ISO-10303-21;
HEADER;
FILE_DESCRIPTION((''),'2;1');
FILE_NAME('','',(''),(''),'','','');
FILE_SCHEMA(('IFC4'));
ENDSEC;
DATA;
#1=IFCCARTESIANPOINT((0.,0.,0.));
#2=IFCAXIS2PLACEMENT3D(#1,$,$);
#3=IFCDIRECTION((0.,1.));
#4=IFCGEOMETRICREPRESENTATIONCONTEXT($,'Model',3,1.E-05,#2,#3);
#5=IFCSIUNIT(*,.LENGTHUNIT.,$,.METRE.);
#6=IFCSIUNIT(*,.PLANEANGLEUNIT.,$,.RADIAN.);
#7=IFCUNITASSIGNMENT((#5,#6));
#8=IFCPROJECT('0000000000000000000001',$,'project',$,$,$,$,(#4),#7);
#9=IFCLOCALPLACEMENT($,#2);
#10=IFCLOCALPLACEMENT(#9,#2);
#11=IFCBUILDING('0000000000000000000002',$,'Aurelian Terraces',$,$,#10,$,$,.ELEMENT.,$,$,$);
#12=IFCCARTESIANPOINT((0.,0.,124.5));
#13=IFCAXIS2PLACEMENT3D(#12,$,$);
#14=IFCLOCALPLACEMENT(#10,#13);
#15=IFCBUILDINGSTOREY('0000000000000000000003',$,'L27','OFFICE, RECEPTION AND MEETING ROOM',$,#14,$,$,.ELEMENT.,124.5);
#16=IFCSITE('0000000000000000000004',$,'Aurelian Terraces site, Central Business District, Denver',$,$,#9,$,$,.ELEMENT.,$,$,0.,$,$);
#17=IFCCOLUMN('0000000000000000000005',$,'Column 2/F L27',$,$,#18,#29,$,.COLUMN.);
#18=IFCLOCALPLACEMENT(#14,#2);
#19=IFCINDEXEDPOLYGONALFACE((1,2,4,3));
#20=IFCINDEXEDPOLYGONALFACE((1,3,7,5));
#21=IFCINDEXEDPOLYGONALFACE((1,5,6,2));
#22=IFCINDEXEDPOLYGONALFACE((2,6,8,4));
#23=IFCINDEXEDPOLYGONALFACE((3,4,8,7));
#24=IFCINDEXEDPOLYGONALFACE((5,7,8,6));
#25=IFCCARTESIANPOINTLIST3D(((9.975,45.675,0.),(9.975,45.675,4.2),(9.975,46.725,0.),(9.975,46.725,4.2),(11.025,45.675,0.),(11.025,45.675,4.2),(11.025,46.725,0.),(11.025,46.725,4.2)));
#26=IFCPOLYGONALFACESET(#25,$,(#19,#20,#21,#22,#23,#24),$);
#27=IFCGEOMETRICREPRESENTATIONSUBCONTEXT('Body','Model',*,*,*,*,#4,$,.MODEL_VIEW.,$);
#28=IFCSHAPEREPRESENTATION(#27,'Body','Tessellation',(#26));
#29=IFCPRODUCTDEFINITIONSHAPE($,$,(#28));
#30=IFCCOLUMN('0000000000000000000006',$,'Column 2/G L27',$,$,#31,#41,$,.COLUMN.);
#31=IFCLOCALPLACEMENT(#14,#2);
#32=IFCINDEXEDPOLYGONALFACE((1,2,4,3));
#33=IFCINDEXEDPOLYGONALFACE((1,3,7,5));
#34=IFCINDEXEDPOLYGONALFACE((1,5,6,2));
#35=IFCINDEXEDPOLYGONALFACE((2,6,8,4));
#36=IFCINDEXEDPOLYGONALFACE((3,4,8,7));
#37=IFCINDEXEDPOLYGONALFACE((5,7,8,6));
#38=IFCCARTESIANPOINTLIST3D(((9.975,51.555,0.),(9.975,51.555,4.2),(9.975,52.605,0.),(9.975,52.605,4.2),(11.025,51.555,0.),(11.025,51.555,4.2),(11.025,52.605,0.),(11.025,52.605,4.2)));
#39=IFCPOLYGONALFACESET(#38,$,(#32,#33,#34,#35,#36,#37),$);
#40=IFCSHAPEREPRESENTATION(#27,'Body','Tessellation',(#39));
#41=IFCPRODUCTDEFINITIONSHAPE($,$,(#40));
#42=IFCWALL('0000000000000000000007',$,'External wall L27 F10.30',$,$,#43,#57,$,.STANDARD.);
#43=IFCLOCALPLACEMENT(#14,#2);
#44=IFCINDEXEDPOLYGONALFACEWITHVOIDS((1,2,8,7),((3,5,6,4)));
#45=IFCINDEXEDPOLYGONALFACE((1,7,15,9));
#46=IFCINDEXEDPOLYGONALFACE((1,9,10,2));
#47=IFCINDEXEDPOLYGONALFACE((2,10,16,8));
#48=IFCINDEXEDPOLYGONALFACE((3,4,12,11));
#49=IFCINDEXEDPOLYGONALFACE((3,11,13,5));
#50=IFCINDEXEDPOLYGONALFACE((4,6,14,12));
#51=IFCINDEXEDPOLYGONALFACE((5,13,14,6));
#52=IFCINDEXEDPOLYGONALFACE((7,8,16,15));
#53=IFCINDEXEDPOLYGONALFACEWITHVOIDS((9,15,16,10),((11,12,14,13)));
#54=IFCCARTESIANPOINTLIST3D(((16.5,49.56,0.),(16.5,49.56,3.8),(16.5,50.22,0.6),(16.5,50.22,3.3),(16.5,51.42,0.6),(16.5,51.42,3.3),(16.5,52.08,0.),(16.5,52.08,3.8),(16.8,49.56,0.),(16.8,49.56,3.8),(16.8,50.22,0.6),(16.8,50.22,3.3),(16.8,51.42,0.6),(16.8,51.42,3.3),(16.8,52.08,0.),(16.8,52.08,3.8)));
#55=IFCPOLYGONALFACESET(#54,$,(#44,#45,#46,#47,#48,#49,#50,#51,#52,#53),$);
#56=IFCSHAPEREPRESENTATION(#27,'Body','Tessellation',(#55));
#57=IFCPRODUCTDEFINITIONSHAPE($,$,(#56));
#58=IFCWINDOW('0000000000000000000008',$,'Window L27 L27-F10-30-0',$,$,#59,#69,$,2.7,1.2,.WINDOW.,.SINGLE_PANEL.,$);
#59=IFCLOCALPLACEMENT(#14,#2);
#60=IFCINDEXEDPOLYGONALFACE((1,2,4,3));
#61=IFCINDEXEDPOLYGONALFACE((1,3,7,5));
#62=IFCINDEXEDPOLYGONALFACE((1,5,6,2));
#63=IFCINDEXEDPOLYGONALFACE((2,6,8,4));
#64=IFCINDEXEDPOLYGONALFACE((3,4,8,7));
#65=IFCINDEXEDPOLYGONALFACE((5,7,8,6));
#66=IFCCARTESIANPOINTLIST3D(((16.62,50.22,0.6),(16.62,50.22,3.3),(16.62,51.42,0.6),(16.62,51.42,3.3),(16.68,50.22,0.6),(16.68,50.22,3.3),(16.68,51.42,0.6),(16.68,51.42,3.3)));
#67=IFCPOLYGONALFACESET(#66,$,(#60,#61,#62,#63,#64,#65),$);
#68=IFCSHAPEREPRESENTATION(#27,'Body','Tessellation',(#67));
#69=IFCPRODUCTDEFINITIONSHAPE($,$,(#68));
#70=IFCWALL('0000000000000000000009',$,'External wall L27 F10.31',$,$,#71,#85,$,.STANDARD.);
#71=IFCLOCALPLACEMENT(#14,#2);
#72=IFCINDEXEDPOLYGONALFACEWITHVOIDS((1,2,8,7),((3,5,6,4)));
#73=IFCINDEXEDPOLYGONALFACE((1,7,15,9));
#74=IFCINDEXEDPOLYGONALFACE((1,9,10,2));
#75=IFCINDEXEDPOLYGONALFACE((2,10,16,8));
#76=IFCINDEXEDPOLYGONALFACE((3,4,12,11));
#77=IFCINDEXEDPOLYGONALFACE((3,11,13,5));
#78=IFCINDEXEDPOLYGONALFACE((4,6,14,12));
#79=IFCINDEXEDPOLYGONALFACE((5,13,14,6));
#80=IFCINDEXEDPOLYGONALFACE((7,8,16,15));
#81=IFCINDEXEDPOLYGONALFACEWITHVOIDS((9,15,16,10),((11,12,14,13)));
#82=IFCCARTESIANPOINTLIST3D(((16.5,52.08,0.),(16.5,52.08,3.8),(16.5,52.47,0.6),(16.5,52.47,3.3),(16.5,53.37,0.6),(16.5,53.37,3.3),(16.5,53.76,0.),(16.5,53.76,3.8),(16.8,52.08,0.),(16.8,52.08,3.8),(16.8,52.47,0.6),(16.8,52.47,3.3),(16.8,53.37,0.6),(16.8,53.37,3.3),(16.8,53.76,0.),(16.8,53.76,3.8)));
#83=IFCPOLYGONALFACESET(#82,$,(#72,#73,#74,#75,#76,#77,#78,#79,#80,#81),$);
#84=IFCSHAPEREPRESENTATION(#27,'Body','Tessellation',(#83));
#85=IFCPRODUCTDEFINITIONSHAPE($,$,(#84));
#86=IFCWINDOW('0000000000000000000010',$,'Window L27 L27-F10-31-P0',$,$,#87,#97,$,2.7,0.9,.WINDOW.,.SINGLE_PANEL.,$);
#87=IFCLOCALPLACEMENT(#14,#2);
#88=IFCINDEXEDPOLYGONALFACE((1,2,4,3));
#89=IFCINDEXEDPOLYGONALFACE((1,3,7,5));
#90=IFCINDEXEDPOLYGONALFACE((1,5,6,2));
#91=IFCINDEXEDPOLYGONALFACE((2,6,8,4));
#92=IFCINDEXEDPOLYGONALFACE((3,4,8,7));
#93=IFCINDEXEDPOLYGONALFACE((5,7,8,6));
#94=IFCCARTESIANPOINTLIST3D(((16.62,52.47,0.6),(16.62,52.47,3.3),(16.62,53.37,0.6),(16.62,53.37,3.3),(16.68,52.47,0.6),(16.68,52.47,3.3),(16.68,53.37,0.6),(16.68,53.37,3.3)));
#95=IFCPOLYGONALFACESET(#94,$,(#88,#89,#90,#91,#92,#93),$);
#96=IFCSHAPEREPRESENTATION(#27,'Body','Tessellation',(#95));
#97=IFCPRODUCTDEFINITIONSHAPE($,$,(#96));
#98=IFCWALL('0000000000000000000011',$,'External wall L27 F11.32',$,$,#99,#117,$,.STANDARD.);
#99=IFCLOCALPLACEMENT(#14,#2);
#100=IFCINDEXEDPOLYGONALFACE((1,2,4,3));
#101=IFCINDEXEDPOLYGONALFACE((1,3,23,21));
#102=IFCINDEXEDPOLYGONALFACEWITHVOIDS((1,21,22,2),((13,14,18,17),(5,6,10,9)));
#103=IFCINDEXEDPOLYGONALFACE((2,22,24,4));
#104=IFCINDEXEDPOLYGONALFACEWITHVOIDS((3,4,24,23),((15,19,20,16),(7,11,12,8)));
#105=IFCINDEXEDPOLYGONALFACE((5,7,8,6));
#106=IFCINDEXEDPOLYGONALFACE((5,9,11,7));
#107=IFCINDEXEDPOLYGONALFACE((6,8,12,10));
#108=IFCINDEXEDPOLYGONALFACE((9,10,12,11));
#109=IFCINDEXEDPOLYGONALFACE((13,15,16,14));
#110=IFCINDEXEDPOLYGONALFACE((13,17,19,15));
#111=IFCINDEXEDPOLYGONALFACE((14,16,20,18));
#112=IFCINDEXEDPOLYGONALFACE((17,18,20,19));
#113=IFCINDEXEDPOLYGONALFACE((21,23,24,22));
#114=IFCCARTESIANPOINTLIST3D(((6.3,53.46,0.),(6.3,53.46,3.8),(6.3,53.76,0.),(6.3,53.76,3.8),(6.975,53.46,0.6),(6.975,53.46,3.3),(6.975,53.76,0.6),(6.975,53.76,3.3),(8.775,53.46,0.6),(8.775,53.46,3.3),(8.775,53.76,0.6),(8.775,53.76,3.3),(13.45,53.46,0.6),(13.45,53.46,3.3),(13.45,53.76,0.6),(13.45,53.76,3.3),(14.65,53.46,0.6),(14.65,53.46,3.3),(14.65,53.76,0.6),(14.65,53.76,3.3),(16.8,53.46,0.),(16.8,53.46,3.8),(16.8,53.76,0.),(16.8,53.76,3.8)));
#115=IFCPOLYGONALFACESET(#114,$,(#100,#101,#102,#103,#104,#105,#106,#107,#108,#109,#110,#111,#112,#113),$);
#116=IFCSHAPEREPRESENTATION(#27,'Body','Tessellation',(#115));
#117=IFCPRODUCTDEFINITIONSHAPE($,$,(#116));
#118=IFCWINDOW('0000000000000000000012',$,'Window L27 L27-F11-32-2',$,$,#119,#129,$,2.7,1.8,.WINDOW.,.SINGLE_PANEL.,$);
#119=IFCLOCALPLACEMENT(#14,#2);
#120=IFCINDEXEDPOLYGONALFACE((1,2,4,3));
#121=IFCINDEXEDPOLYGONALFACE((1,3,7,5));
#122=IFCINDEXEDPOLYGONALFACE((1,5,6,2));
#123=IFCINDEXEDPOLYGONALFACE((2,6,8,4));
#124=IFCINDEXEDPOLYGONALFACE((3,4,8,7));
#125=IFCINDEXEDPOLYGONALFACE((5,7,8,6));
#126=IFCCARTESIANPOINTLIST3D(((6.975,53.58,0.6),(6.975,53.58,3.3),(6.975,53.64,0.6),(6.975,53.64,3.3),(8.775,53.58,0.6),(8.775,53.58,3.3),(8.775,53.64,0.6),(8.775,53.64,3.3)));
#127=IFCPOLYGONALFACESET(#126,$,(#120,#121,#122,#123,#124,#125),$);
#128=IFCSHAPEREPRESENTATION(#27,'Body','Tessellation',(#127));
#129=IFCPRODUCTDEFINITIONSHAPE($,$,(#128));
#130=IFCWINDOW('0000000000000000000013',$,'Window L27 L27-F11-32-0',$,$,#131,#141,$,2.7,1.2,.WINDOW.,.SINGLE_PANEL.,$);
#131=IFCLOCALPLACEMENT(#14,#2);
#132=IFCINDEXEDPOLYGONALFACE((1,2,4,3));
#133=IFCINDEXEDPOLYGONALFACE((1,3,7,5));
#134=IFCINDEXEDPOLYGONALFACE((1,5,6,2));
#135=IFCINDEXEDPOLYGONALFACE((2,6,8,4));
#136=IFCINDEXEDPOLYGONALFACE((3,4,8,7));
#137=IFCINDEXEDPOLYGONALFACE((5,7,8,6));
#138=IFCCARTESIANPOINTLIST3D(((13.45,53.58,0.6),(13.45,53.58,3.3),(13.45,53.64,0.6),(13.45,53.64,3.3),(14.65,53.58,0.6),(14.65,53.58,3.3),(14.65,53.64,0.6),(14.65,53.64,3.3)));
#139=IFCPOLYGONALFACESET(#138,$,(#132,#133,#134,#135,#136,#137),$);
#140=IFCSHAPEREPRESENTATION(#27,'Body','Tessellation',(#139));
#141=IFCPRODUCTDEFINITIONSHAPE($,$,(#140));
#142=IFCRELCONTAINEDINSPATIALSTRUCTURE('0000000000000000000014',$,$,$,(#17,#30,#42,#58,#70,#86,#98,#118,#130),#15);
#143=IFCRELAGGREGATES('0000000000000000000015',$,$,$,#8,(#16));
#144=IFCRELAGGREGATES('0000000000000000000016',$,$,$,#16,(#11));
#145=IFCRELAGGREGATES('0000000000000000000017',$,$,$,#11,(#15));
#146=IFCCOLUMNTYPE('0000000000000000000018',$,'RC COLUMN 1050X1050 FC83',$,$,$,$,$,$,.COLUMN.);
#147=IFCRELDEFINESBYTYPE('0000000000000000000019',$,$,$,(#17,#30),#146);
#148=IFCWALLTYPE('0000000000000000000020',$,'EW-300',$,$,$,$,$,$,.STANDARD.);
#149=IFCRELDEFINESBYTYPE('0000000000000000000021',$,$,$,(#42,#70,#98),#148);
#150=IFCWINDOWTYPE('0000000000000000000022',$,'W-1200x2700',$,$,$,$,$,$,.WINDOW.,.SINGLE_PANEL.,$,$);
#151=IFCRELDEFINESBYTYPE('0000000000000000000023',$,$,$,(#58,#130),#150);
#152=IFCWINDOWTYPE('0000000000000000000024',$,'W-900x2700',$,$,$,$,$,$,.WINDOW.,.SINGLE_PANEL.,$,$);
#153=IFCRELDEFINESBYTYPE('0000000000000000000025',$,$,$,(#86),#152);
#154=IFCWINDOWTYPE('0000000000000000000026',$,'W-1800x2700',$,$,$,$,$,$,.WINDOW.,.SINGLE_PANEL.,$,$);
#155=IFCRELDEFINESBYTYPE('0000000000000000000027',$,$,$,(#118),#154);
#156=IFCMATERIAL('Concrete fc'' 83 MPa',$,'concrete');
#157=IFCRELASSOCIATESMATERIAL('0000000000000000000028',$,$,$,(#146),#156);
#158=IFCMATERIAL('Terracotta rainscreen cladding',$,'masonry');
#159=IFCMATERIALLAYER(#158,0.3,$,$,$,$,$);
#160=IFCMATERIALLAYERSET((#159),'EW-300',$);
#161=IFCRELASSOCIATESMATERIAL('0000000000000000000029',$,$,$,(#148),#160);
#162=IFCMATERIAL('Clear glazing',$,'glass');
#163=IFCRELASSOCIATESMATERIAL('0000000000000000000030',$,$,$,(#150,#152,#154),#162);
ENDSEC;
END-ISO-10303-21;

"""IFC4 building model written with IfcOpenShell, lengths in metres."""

from ifc_helpers import new_model, si_unit, direction, frame, frame_2d, origin, origin_2d, place, context, subcontext, project, spatial, rectangle, extrude, source, transform, mapped, material, layer, layer_set, material_profile, profile_set, type_object, element, fill, save


model = new_model("IFC4")

# Units and contexts
model_context = context("Model", 3, precision=1e-05, world=origin(), true_north=direction((0.0, 1.0)))
body_context = subcontext(model_context, "Body", "Model", "MODEL_VIEW")
ifc_project = project(units=[si_unit("LENGTHUNIT", "METRE"), si_unit("PLANEANGLEUNIT", "RADIAN")], contexts=[model_context])

# Site, building, storey
site_placement = place(None, origin())
site = spatial("IfcSite", under=ifc_project, at=site_placement, Name="Aurelian Terraces site, Central Business District, Denver", CompositionType="ELEMENT", RefElevation=0.0)
building_placement = place(site_placement, origin())
building = spatial("IfcBuilding", under=site, at=building_placement, Name="Aurelian Terraces", CompositionType="ELEMENT")
storey_placement = place(building_placement, frame((0.0, 0.0, 124.5)))
storey = spatial("IfcBuildingStorey", under=building, at=storey_placement, Name="L27", Description="OFFICE, RECEPTION AND MEETING ROOM", CompositionType="ELEMENT", Elevation=124.5)

# Columns
ifc_material_1 = material(Name="Concrete fc' 83 MPa", Category="concrete")
ifc_material_profile = material_profile(ifc_material_1, rectangle(XDim=1.05, YDim=1.05, at=origin_2d()))
ifc_profile_set = profile_set([ifc_material_profile], Name="Concrete fc' 83 MPa")
column_type = type_object("IfcColumnType", Name="RC COLUMN 1050X1050 FC83", PredefinedType="COLUMN", material=ifc_profile_set)
shared_shape_1 = source(origin(), body_context, "Body", "SweptSolid", [
    extrude(rectangle(XDim=1.05, YDim=1.05, at=origin_2d()), origin(), (0.0, 0.0, 1.0), 4.2),
])
for number, where, z_axis, x_axis, name in (
    (1, (10.5, 46.2, 0.0), (0.0, 0.0, 1.0), (1.0, 0.0, 0.0), "Column 2/F L27"),
    (2, (10.5, 52.08, 0.0), (0.0, 0.0, 1.0), (1.0, 0.0, 0.0), "Column 2/G L27"),
):
    element("IfcColumn", number, at=place(storey_placement, frame(where, z_axis=z_axis, x_axis=x_axis)), inside=storey, type_object=column_type, Name=name, PredefinedType="COLUMN", context=body_context, shape_type="MappedRepresentation", body=[
        mapped(shared_shape_1, transform((0.0, 0.0, 0.0), scale=1.0)),
    ])

# Walls, openings, windows
ifc_material_2 = material(Name="Terracotta rainscreen cladding", Category="masonry")
ifc_layer_1 = layer(ifc_material_2, 0.3)
ifc_layer_set_1 = layer_set([ifc_layer_1], Name="EW-300")
wall_type_1 = type_object("IfcWallType", Name="EW-300", PredefinedType="STANDARD", material=ifc_layer_set_1)
shared_shape_2 = source(origin(), body_context, "Body", "SweptSolid", [
    extrude(rectangle(XDim=2.52, YDim=0.3, at=frame_2d((1.26, 0.0))), origin(), (0.0, 0.0, 1.0), 3.8),
])
wall_1_placement = place(storey_placement, frame((16.65, 49.56, 0.0), z_axis=(0.0, 0.0, 1.0), x_axis=(0.0, 1.0, 0.0)))
wall_1 = element("IfcWall", 3, at=wall_1_placement, inside=storey, type_object=wall_type_1, Name="External wall L27 F10.30", PredefinedType="STANDARD", context=body_context, shape_type="MappedRepresentation", body=[
    mapped(shared_shape_2, transform((0.0, 0.0, 0.0), scale=1.0)),
])
shared_shape_3 = source(origin(), body_context, "Body", "SweptSolid", [
    extrude(rectangle(XDim=1.2, YDim=2.7, at=frame_2d((0.6, 1.35))), frame((0.0, 0.16, 0.0), z_axis=(0.0, -1.0, 0.0), x_axis=(1.0, 0.0, 0.0)), (0.0, 0.0, 1.0), 0.32),
])
opening_1_placement = place(wall_1_placement, frame((0.66, 0.0, 0.6)))
opening_1 = element("IfcOpeningElement", 4, at=opening_1_placement, cuts=wall_1, PredefinedType="OPENING", context=body_context, shape_type="MappedRepresentation", body=[
    mapped(shared_shape_3, transform((0.0, 0.0, 0.0), scale=1.0)),
])
ifc_material_3 = material(Name="Clear glazing", Category="glass")
window_type_1 = type_object("IfcWindowType", Name="W-1200x2700", PartitioningType="SINGLE_PANEL", PredefinedType="WINDOW", material=ifc_material_3)
shared_shape_4 = source(origin(), body_context, "Body", "SweptSolid", [
    extrude(rectangle(XDim=1.2, YDim=2.7, at=frame_2d((0.6, 1.35))), frame((0.0, 0.03, 0.0), z_axis=(0.0, -1.0, 0.0), x_axis=(1.0, 0.0, 0.0)), (0.0, 0.0, 1.0), 0.06),
])
window_1_placement = place(opening_1_placement, origin())
window_1 = element("IfcWindow", 5, at=window_1_placement, inside=storey, type_object=window_type_1, Name="Window L27 L27-F10-30-0", OverallHeight=2.7, OverallWidth=1.2, PartitioningType="SINGLE_PANEL", PredefinedType="WINDOW", context=body_context, shape_type="MappedRepresentation", body=[
    mapped(shared_shape_4, transform((0.0, 0.0, 0.0), scale=1.0)),
])
fill(opening_1, window_1)
shared_shape_5 = source(origin(), body_context, "Body", "SweptSolid", [
    extrude(rectangle(XDim=1.68, YDim=0.3, at=frame_2d((0.84, 0.0))), origin(), (0.0, 0.0, 1.0), 3.8),
])
wall_2_placement = place(storey_placement, frame((16.65, 52.08, 0.0), z_axis=(0.0, 0.0, 1.0), x_axis=(0.0, 1.0, 0.0)))
wall_2 = element("IfcWall", 6, at=wall_2_placement, inside=storey, type_object=wall_type_1, Name="External wall L27 F10.31", PredefinedType="STANDARD", context=body_context, shape_type="MappedRepresentation", body=[
    mapped(shared_shape_5, transform((0.0, 0.0, 0.0), scale=1.0)),
])
shared_shape_6 = source(origin(), body_context, "Body", "SweptSolid", [
    extrude(rectangle(XDim=0.9, YDim=2.7, at=frame_2d((0.45, 1.35))), frame((0.0, 0.16, 0.0), z_axis=(0.0, -1.0, 0.0), x_axis=(1.0, 0.0, 0.0)), (0.0, 0.0, 1.0), 0.32),
])
opening_2_placement = place(wall_2_placement, frame((0.39, 0.0, 0.6)))
opening_2 = element("IfcOpeningElement", 7, at=opening_2_placement, cuts=wall_2, PredefinedType="OPENING", context=body_context, shape_type="MappedRepresentation", body=[
    mapped(shared_shape_6, transform((0.0, 0.0, 0.0), scale=1.0)),
])
window_type_2 = type_object("IfcWindowType", Name="W-900x2700", PartitioningType="SINGLE_PANEL", PredefinedType="WINDOW", material=ifc_material_3)
shared_shape_7 = source(origin(), body_context, "Body", "SweptSolid", [
    extrude(rectangle(XDim=0.9, YDim=2.7, at=frame_2d((0.45, 1.35))), frame((0.0, 0.03, 0.0), z_axis=(0.0, -1.0, 0.0), x_axis=(1.0, 0.0, 0.0)), (0.0, 0.0, 1.0), 0.06),
])
window_2_placement = place(opening_2_placement, origin())
window_2 = element("IfcWindow", 8, at=window_2_placement, inside=storey, type_object=window_type_2, Name="Window L27 L27-F10-31-P0", OverallHeight=2.7, OverallWidth=0.9, PartitioningType="SINGLE_PANEL", PredefinedType="WINDOW", context=body_context, shape_type="MappedRepresentation", body=[
    mapped(shared_shape_7, transform((0.0, 0.0, 0.0), scale=1.0)),
])
fill(opening_2, window_2)

# Wall, openings, windows
shared_shape_8 = source(origin(), body_context, "Body", "SweptSolid", [
    extrude(rectangle(XDim=10.5, YDim=0.3, at=frame_2d((5.25, 0.0))), origin(), (0.0, 0.0, 1.0), 3.8),
])
wall_3_placement = place(storey_placement, frame((16.8, 53.61, 0.0), z_axis=(0.0, 0.0, 1.0), x_axis=(-1.0, 0.0, 0.0)))
wall_3 = element("IfcWall", 9, at=wall_3_placement, inside=storey, type_object=wall_type_1, Name="External wall L27 F11.32", PredefinedType="STANDARD", context=body_context, shape_type="MappedRepresentation", body=[
    mapped(shared_shape_8, transform((0.0, 0.0, 0.0), scale=1.0)),
])
opening_3_placement = place(wall_3_placement, frame((2.15, 0.0, 0.6)))
opening_3 = element("IfcOpeningElement", 10, at=opening_3_placement, cuts=wall_3, PredefinedType="OPENING", context=body_context, shape_type="MappedRepresentation", body=[
    mapped(shared_shape_3, transform((0.0, 0.0, 0.0), scale=1.0)),
])
shared_shape_9 = source(origin(), body_context, "Body", "SweptSolid", [
    extrude(rectangle(XDim=1.8, YDim=2.7, at=frame_2d((0.9, 1.35))), frame((0.0, 0.16, 0.0), z_axis=(0.0, -1.0, 0.0), x_axis=(1.0, 0.0, 0.0)), (0.0, 0.0, 1.0), 0.32),
])
opening_4_placement = place(wall_3_placement, frame((8.025, 0.0, 0.6)))
opening_4 = element("IfcOpeningElement", 11, at=opening_4_placement, cuts=wall_3, PredefinedType="OPENING", context=body_context, shape_type="MappedRepresentation", body=[
    mapped(shared_shape_9, transform((0.0, 0.0, 0.0), scale=1.0)),
])
window_type_3 = type_object("IfcWindowType", Name="W-1800x2700", PartitioningType="SINGLE_PANEL", PredefinedType="WINDOW", material=ifc_material_3)
shared_shape_10 = source(origin(), body_context, "Body", "SweptSolid", [
    extrude(rectangle(XDim=1.8, YDim=2.7, at=frame_2d((0.9, 1.35))), frame((0.0, 0.03, 0.0), z_axis=(0.0, -1.0, 0.0), x_axis=(1.0, 0.0, 0.0)), (0.0, 0.0, 1.0), 0.06),
])
window_3_placement = place(opening_4_placement, origin())
window_3 = element("IfcWindow", 12, at=window_3_placement, inside=storey, type_object=window_type_3, Name="Window L27 L27-F11-32-2", OverallHeight=2.7, OverallWidth=1.8, PartitioningType="SINGLE_PANEL", PredefinedType="WINDOW", context=body_context, shape_type="MappedRepresentation", body=[
    mapped(shared_shape_10, transform((0.0, 0.0, 0.0), scale=1.0)),
])
fill(opening_4, window_3)
window_4_placement = place(opening_3_placement, origin())
window_4 = element("IfcWindow", 13, at=window_4_placement, inside=storey, type_object=window_type_1, Name="Window L27 L27-F11-32-0", OverallHeight=2.7, OverallWidth=1.2, PartitioningType="SINGLE_PANEL", PredefinedType="WINDOW", context=body_context, shape_type="MappedRepresentation", body=[
    mapped(shared_shape_4, transform((0.0, 0.0, 0.0), scale=1.0)),
])
fill(opening_3, window_4)

save(model, "model.ifc")
